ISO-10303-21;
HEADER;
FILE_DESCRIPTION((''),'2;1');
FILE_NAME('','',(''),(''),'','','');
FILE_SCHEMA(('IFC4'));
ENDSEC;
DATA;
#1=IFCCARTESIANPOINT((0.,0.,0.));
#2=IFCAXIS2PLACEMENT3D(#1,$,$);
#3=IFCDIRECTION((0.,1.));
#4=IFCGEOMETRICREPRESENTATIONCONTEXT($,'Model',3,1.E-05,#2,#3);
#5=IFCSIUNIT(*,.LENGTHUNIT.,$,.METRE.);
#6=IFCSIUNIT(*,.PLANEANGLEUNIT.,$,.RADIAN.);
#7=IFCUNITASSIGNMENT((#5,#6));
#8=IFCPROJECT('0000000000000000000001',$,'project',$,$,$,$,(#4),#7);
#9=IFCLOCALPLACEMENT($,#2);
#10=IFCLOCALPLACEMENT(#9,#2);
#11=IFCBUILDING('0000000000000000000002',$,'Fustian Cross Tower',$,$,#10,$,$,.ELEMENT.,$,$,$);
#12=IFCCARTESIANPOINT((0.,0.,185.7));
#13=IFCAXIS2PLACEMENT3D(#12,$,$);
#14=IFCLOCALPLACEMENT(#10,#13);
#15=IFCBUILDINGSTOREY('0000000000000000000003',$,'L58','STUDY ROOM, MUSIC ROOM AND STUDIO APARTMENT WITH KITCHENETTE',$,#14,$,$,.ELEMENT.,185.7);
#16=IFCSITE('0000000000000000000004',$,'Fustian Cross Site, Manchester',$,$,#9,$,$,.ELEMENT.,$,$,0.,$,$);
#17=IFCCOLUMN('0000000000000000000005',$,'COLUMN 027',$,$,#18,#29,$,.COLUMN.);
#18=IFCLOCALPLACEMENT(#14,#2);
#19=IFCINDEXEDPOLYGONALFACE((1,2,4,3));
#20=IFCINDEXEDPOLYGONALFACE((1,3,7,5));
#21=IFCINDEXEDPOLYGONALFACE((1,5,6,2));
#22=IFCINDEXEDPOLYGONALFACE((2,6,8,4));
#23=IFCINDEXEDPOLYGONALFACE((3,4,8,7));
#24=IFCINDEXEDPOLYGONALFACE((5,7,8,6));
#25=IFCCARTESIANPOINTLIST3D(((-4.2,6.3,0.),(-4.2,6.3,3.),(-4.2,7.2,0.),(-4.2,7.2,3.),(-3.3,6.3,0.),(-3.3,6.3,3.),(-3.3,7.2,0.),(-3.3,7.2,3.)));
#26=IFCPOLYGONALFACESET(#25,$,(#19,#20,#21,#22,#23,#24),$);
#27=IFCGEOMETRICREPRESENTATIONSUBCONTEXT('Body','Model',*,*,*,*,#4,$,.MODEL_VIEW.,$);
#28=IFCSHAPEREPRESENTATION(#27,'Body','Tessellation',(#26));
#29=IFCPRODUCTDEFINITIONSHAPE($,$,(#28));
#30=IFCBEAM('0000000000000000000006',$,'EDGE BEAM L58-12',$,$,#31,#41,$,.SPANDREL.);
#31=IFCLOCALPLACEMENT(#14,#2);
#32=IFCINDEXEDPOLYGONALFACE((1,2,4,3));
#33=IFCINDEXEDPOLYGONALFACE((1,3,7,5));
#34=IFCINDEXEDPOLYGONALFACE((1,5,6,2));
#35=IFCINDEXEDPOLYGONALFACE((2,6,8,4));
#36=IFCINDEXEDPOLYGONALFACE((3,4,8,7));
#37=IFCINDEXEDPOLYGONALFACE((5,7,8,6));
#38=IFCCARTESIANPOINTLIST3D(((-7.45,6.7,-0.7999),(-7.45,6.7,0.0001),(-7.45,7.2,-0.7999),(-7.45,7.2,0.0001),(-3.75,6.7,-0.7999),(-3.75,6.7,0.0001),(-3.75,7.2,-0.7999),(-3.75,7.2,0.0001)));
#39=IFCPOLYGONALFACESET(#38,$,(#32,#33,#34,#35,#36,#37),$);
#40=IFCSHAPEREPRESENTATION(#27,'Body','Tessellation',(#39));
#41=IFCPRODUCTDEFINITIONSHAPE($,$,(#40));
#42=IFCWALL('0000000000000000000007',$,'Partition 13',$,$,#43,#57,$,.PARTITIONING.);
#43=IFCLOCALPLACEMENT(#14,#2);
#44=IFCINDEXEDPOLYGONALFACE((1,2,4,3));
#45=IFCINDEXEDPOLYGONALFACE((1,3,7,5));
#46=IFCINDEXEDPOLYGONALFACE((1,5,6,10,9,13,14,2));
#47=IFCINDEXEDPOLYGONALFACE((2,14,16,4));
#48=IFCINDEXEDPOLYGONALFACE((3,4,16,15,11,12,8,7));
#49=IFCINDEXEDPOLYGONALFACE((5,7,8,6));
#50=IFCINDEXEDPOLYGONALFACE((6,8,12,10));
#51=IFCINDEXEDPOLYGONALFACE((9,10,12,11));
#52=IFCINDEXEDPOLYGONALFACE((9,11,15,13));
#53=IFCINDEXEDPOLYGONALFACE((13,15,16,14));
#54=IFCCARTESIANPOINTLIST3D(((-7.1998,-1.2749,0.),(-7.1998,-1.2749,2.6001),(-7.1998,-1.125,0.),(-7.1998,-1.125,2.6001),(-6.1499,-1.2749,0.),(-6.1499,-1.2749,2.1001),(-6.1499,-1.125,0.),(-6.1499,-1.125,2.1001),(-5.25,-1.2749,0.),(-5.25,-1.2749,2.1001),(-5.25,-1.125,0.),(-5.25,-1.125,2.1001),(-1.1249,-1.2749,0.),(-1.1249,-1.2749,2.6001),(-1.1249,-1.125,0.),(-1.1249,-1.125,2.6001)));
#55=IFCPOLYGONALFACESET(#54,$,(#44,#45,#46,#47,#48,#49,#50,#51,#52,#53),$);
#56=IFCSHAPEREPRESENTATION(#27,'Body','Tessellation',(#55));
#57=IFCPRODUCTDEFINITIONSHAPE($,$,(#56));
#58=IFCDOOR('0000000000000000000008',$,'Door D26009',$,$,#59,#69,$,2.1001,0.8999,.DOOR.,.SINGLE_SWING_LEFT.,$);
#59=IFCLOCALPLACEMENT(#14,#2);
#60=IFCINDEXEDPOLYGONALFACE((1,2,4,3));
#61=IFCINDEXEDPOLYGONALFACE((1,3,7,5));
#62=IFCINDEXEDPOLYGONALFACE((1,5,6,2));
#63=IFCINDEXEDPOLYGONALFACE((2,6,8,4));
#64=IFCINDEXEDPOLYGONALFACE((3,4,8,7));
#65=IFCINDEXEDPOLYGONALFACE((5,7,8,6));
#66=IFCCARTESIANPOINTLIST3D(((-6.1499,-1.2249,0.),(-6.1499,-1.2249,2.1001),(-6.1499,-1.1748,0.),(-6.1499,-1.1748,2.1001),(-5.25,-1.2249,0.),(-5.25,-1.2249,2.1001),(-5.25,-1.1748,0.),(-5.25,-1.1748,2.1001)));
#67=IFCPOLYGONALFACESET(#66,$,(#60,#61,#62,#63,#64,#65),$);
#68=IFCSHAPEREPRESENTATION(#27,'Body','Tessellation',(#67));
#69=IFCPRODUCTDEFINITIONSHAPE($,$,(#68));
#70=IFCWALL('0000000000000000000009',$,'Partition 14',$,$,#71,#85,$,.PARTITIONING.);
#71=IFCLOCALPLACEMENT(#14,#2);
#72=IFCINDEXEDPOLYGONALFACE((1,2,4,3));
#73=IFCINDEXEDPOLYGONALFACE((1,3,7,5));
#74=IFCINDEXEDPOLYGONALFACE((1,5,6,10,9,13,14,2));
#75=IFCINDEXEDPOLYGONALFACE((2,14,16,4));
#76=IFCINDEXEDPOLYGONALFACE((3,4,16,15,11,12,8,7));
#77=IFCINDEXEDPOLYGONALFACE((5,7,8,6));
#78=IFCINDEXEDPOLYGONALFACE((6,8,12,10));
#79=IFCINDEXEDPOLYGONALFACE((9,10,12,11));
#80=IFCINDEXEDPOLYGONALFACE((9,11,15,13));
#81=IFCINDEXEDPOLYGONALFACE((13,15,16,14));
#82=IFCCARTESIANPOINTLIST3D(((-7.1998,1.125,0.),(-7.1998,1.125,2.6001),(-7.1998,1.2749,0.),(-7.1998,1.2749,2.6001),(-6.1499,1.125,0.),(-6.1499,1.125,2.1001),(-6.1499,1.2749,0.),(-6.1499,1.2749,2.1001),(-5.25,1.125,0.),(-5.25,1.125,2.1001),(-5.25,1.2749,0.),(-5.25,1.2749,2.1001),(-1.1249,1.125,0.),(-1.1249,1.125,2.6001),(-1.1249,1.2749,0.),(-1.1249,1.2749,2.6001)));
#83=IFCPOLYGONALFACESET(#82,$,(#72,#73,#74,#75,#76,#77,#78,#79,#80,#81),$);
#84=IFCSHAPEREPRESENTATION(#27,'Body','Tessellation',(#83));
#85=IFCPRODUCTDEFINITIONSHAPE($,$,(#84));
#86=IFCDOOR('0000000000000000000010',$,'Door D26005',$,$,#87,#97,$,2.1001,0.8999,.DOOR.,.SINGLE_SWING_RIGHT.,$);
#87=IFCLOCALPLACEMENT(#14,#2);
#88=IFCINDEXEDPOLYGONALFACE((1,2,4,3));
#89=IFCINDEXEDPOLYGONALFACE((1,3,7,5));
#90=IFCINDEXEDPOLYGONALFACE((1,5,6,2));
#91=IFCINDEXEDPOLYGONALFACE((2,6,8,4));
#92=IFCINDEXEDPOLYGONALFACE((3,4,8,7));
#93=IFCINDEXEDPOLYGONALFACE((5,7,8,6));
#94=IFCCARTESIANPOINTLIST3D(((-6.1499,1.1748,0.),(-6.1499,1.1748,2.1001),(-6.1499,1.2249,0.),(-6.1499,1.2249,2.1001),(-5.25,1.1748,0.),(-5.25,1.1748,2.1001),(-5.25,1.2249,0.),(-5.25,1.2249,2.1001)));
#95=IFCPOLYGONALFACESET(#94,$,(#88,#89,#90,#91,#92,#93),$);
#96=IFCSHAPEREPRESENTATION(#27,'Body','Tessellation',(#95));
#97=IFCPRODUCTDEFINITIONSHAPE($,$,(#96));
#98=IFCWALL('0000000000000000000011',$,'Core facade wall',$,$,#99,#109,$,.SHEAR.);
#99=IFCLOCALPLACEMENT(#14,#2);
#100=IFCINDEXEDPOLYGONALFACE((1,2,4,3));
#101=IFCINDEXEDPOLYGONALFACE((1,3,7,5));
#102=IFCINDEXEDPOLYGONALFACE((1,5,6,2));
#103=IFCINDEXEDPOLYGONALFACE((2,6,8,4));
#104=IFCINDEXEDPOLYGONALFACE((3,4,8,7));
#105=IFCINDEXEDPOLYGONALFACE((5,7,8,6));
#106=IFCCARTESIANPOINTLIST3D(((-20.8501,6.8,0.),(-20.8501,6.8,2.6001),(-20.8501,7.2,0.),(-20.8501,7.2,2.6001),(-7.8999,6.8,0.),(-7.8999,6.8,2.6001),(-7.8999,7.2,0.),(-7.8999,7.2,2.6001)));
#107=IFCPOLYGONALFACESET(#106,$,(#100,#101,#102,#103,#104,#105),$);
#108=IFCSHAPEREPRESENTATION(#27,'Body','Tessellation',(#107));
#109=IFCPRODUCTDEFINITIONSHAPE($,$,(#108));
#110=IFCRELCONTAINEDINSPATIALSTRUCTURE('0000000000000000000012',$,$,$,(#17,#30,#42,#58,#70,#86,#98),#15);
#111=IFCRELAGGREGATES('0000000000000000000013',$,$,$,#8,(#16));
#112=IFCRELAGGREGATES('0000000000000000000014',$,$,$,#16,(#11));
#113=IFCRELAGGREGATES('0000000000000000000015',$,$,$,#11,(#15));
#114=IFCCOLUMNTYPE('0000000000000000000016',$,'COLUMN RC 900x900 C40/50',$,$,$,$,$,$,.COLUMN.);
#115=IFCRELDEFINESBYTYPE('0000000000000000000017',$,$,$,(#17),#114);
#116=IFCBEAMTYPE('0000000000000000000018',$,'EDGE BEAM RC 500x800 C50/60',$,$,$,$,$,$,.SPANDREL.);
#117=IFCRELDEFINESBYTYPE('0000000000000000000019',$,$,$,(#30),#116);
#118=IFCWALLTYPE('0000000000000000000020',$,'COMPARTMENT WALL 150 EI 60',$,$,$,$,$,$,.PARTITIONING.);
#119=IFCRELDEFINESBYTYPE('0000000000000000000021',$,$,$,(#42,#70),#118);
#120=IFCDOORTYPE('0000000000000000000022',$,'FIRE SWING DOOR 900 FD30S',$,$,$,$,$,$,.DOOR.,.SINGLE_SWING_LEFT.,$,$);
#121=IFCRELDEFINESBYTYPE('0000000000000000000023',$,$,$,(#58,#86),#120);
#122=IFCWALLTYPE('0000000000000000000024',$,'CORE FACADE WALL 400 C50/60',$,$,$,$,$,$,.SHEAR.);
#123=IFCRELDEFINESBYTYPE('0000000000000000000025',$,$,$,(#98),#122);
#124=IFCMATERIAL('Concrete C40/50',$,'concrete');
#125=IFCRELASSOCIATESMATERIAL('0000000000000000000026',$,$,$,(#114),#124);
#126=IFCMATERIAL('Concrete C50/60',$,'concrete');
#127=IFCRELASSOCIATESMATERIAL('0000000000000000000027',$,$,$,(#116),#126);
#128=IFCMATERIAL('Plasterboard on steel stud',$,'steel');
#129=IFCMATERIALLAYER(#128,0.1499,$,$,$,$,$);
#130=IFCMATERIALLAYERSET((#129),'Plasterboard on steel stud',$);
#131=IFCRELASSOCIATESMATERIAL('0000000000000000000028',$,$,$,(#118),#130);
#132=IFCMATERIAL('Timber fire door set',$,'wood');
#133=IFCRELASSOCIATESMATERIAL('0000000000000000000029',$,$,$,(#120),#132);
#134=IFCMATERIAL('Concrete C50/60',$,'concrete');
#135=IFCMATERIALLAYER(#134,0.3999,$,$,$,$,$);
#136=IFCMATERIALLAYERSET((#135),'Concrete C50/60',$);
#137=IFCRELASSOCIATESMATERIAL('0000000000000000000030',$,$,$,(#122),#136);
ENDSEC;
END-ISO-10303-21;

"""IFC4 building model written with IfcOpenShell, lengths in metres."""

from ifc_helpers import new_model, si_unit, direction, frame, frame_2d, origin, origin_2d, place, context, subcontext, project, spatial, rectangle, extrude, material, layer, layer_set, material_profile, profile_set, type_object, element, fill, save


model = new_model("IFC4")

# Units and contexts
model_context = context("Model", 3, precision=1e-05, world=origin(), true_north=direction((0.0, 1.0)))
body_context = subcontext(model_context, "Body", "Model", "MODEL_VIEW")
ifc_project = project(units=[si_unit("LENGTHUNIT", "METRE"), si_unit("PLANEANGLEUNIT", "RADIAN")], contexts=[model_context])

# Site, building, storey
site_placement = place(None, origin())
site = spatial("IfcSite", under=ifc_project, at=site_placement, Name="Fustian Cross Site, Manchester", CompositionType="ELEMENT", RefElevation=0.0)
building_placement = place(site_placement, origin())
building = spatial("IfcBuilding", under=site, at=building_placement, Name="Fustian Cross Tower", CompositionType="ELEMENT")
storey_placement = place(building_placement, frame((0.0, 0.0, 185.7)))
storey = spatial("IfcBuildingStorey", under=building, at=storey_placement, Name="L58", Description="STUDY ROOM, MUSIC ROOM AND STUDIO APARTMENT WITH KITCHENETTE", CompositionType="ELEMENT", Elevation=185.7)

# Column
ifc_material_1 = material(Name="Concrete C40/50", Category="concrete")
ifc_material_profile_1 = material_profile(ifc_material_1, rectangle(XDim=0.8999, YDim=0.8999, at=origin_2d()), Name="RC 900x900")
ifc_profile_set_1 = profile_set([ifc_material_profile_1], Name="Concrete C40/50")
column_type = type_object("IfcColumnType", Name="COLUMN RC 900x900 C40/50", PredefinedType="COLUMN", material=ifc_profile_set_1)
column_placement = place(storey_placement, frame((-3.75, 6.75, 0.0), z_axis=(0.0, 0.0, 1.0), x_axis=(1.0, 0.0, 0.0)))
element("IfcColumn", 1, at=column_placement, inside=storey, type_object=column_type, Name="COLUMN 027", PredefinedType="COLUMN", context=body_context, shape_type="SweptSolid", body=[
    extrude(rectangle(XDim=0.8999, YDim=0.8999, at=origin_2d()), origin(), (0.0, 0.0, 1.0), 3.0),
])

# Beam
ifc_material_2 = material(Name="Concrete C50/60", Category="concrete")
ifc_material_profile_2 = material_profile(ifc_material_2, rectangle(XDim=0.5, YDim=0.8, at=origin_2d()), Name="RC 500x800")
ifc_profile_set_2 = profile_set([ifc_material_profile_2], Name="Concrete C50/60")
beam_type = type_object("IfcBeamType", Name="EDGE BEAM RC 500x800 C50/60", PredefinedType="SPANDREL", material=ifc_profile_set_2)
beam_placement = place(storey_placement, frame((-3.75, 6.95, -0.3999), z_axis=(-1.0, 0.0, 0.0), x_axis=(0.0, -1.0, 0.0)))
element("IfcBeam", 2, at=beam_placement, inside=storey, type_object=beam_type, Name="EDGE BEAM L58-12", PredefinedType="SPANDREL", context=body_context, shape_type="SweptSolid", body=[
    extrude(rectangle(XDim=0.5, YDim=0.8, at=origin_2d()), origin(), (0.0, 0.0, 1.0), 3.7),
])

# Walls, openings, doors
ifc_material_3 = material(Name="Plasterboard on steel stud", Category="steel")
ifc_layer_1 = layer(ifc_material_3, 0.1499)
ifc_layer_set_1 = layer_set([ifc_layer_1], Name="Plasterboard on steel stud")
wall_type_1 = type_object("IfcWallType", Name="COMPARTMENT WALL 150 EI 60", PredefinedType="PARTITIONING", material=ifc_layer_set_1)
wall_1_placement = place(storey_placement, frame((-7.2, -1.2, 0.0), z_axis=(0.0, 0.0, 1.0), x_axis=(1.0, 0.0, 0.0)))
wall_1 = element("IfcWall", 3, at=wall_1_placement, inside=storey, type_object=wall_type_1, Name="Partition 13", PredefinedType="PARTITIONING", context=body_context, shape_type="SweptSolid", body=[
    extrude(rectangle(XDim=6.075, YDim=0.1499, at=frame_2d((3.0376, 0.0))), origin(), (0.0, 0.0, 1.0), 2.6001),
])
opening_1_placement = place(wall_1_placement, frame((1.05, 0.0, 0.0)))
opening_1 = element("IfcOpeningElement", 4, at=opening_1_placement, cuts=wall_1, PredefinedType="OPENING", context=body_context, shape_type="SweptSolid", body=[
    extrude(rectangle(XDim=0.8999, YDim=2.1001, at=frame_2d((0.45, 1.05))), frame((0.0, 0.085, 0.0), z_axis=(0.0, -1.0, 0.0), x_axis=(1.0, 0.0, 0.0)), (0.0, 0.0, 1.0), 0.1699),
])
ifc_material_4 = material(Name="Timber fire door set", Category="wood")
door_type_1 = type_object("IfcDoorType", Name="FIRE SWING DOOR 900 FD30S", OperationType="SINGLE_SWING_LEFT", PredefinedType="DOOR", material=ifc_material_4)
door_1_placement = place(opening_1_placement, frame((0.8999, 0.0, 0.0), z_axis=(0.0, 0.0, 1.0), x_axis=(-1.0, 0.0, 0.0)))
door_1 = element("IfcDoor", 5, at=door_1_placement, inside=storey, type_object=door_type_1, Name="Door D26009", OperationType="SINGLE_SWING_LEFT", OverallHeight=2.1001, OverallWidth=0.8999, PredefinedType="DOOR", context=body_context, shape_type="SweptSolid", body=[
    extrude(rectangle(XDim=0.8999, YDim=2.1001, at=frame_2d((0.45, 1.05))), frame((0.0, 0.0249, 0.0), z_axis=(0.0, -1.0, 0.0), x_axis=(1.0, 0.0, 0.0)), (0.0, 0.0, 1.0), 0.05),
])
fill(opening_1, door_1)
wall_2_placement = place(storey_placement, frame((-7.2, 1.2, 0.0), z_axis=(0.0, 0.0, 1.0), x_axis=(1.0, 0.0, 0.0)))
wall_2 = element("IfcWall", 6, at=wall_2_placement, inside=storey, type_object=wall_type_1, Name="Partition 14", PredefinedType="PARTITIONING", context=body_context, shape_type="SweptSolid", body=[
    extrude(rectangle(XDim=6.075, YDim=0.1499, at=frame_2d((3.0376, 0.0))), origin(), (0.0, 0.0, 1.0), 2.6001),
])
opening_2_placement = place(wall_2_placement, frame((1.05, 0.0, 0.0)))
opening_2 = element("IfcOpeningElement", 7, at=opening_2_placement, cuts=wall_2, PredefinedType="OPENING", context=body_context, shape_type="SweptSolid", body=[
    extrude(rectangle(XDim=0.8999, YDim=2.1001, at=frame_2d((0.45, 1.05))), frame((0.0, 0.085, 0.0), z_axis=(0.0, -1.0, 0.0), x_axis=(1.0, 0.0, 0.0)), (0.0, 0.0, 1.0), 0.1699),
])
door_2_placement = place(opening_2_placement, origin())
door_2 = element("IfcDoor", 8, at=door_2_placement, inside=storey, type_object=door_type_1, Name="Door D26005", OperationType="SINGLE_SWING_RIGHT", OverallHeight=2.1001, OverallWidth=0.8999, PredefinedType="DOOR", context=body_context, shape_type="SweptSolid", body=[
    extrude(rectangle(XDim=0.8999, YDim=2.1001, at=frame_2d((0.45, 1.05))), frame((0.0, 0.0249, 0.0), z_axis=(0.0, -1.0, 0.0), x_axis=(1.0, 0.0, 0.0)), (0.0, 0.0, 1.0), 0.05),
])
fill(opening_2, door_2)

# Wall
ifc_material_5 = material(Name="Concrete C50/60", Category="concrete")
ifc_layer_2 = layer(ifc_material_5, 0.3999)
ifc_layer_set_2 = layer_set([ifc_layer_2], Name="Concrete C50/60")
wall_type_2 = type_object("IfcWallType", Name="CORE FACADE WALL 400 C50/60", PredefinedType="SHEAR", material=ifc_layer_set_2)
wall_3_placement = place(storey_placement, frame((-7.8999, 7.0, 0.0), z_axis=(0.0, 0.0, 1.0), x_axis=(-1.0, 0.0, 0.0)))
element("IfcWall", 9, at=wall_3_placement, inside=storey, type_object=wall_type_2, Name="Core facade wall", PredefinedType="SHEAR", context=body_context, shape_type="SweptSolid", body=[
    extrude(rectangle(XDim=12.9502, YDim=0.3999, at=frame_2d((6.4751, 0.0))), origin(), (0.0, 0.0, 1.0), 2.6001),
])

save(model, "model.ifc")
